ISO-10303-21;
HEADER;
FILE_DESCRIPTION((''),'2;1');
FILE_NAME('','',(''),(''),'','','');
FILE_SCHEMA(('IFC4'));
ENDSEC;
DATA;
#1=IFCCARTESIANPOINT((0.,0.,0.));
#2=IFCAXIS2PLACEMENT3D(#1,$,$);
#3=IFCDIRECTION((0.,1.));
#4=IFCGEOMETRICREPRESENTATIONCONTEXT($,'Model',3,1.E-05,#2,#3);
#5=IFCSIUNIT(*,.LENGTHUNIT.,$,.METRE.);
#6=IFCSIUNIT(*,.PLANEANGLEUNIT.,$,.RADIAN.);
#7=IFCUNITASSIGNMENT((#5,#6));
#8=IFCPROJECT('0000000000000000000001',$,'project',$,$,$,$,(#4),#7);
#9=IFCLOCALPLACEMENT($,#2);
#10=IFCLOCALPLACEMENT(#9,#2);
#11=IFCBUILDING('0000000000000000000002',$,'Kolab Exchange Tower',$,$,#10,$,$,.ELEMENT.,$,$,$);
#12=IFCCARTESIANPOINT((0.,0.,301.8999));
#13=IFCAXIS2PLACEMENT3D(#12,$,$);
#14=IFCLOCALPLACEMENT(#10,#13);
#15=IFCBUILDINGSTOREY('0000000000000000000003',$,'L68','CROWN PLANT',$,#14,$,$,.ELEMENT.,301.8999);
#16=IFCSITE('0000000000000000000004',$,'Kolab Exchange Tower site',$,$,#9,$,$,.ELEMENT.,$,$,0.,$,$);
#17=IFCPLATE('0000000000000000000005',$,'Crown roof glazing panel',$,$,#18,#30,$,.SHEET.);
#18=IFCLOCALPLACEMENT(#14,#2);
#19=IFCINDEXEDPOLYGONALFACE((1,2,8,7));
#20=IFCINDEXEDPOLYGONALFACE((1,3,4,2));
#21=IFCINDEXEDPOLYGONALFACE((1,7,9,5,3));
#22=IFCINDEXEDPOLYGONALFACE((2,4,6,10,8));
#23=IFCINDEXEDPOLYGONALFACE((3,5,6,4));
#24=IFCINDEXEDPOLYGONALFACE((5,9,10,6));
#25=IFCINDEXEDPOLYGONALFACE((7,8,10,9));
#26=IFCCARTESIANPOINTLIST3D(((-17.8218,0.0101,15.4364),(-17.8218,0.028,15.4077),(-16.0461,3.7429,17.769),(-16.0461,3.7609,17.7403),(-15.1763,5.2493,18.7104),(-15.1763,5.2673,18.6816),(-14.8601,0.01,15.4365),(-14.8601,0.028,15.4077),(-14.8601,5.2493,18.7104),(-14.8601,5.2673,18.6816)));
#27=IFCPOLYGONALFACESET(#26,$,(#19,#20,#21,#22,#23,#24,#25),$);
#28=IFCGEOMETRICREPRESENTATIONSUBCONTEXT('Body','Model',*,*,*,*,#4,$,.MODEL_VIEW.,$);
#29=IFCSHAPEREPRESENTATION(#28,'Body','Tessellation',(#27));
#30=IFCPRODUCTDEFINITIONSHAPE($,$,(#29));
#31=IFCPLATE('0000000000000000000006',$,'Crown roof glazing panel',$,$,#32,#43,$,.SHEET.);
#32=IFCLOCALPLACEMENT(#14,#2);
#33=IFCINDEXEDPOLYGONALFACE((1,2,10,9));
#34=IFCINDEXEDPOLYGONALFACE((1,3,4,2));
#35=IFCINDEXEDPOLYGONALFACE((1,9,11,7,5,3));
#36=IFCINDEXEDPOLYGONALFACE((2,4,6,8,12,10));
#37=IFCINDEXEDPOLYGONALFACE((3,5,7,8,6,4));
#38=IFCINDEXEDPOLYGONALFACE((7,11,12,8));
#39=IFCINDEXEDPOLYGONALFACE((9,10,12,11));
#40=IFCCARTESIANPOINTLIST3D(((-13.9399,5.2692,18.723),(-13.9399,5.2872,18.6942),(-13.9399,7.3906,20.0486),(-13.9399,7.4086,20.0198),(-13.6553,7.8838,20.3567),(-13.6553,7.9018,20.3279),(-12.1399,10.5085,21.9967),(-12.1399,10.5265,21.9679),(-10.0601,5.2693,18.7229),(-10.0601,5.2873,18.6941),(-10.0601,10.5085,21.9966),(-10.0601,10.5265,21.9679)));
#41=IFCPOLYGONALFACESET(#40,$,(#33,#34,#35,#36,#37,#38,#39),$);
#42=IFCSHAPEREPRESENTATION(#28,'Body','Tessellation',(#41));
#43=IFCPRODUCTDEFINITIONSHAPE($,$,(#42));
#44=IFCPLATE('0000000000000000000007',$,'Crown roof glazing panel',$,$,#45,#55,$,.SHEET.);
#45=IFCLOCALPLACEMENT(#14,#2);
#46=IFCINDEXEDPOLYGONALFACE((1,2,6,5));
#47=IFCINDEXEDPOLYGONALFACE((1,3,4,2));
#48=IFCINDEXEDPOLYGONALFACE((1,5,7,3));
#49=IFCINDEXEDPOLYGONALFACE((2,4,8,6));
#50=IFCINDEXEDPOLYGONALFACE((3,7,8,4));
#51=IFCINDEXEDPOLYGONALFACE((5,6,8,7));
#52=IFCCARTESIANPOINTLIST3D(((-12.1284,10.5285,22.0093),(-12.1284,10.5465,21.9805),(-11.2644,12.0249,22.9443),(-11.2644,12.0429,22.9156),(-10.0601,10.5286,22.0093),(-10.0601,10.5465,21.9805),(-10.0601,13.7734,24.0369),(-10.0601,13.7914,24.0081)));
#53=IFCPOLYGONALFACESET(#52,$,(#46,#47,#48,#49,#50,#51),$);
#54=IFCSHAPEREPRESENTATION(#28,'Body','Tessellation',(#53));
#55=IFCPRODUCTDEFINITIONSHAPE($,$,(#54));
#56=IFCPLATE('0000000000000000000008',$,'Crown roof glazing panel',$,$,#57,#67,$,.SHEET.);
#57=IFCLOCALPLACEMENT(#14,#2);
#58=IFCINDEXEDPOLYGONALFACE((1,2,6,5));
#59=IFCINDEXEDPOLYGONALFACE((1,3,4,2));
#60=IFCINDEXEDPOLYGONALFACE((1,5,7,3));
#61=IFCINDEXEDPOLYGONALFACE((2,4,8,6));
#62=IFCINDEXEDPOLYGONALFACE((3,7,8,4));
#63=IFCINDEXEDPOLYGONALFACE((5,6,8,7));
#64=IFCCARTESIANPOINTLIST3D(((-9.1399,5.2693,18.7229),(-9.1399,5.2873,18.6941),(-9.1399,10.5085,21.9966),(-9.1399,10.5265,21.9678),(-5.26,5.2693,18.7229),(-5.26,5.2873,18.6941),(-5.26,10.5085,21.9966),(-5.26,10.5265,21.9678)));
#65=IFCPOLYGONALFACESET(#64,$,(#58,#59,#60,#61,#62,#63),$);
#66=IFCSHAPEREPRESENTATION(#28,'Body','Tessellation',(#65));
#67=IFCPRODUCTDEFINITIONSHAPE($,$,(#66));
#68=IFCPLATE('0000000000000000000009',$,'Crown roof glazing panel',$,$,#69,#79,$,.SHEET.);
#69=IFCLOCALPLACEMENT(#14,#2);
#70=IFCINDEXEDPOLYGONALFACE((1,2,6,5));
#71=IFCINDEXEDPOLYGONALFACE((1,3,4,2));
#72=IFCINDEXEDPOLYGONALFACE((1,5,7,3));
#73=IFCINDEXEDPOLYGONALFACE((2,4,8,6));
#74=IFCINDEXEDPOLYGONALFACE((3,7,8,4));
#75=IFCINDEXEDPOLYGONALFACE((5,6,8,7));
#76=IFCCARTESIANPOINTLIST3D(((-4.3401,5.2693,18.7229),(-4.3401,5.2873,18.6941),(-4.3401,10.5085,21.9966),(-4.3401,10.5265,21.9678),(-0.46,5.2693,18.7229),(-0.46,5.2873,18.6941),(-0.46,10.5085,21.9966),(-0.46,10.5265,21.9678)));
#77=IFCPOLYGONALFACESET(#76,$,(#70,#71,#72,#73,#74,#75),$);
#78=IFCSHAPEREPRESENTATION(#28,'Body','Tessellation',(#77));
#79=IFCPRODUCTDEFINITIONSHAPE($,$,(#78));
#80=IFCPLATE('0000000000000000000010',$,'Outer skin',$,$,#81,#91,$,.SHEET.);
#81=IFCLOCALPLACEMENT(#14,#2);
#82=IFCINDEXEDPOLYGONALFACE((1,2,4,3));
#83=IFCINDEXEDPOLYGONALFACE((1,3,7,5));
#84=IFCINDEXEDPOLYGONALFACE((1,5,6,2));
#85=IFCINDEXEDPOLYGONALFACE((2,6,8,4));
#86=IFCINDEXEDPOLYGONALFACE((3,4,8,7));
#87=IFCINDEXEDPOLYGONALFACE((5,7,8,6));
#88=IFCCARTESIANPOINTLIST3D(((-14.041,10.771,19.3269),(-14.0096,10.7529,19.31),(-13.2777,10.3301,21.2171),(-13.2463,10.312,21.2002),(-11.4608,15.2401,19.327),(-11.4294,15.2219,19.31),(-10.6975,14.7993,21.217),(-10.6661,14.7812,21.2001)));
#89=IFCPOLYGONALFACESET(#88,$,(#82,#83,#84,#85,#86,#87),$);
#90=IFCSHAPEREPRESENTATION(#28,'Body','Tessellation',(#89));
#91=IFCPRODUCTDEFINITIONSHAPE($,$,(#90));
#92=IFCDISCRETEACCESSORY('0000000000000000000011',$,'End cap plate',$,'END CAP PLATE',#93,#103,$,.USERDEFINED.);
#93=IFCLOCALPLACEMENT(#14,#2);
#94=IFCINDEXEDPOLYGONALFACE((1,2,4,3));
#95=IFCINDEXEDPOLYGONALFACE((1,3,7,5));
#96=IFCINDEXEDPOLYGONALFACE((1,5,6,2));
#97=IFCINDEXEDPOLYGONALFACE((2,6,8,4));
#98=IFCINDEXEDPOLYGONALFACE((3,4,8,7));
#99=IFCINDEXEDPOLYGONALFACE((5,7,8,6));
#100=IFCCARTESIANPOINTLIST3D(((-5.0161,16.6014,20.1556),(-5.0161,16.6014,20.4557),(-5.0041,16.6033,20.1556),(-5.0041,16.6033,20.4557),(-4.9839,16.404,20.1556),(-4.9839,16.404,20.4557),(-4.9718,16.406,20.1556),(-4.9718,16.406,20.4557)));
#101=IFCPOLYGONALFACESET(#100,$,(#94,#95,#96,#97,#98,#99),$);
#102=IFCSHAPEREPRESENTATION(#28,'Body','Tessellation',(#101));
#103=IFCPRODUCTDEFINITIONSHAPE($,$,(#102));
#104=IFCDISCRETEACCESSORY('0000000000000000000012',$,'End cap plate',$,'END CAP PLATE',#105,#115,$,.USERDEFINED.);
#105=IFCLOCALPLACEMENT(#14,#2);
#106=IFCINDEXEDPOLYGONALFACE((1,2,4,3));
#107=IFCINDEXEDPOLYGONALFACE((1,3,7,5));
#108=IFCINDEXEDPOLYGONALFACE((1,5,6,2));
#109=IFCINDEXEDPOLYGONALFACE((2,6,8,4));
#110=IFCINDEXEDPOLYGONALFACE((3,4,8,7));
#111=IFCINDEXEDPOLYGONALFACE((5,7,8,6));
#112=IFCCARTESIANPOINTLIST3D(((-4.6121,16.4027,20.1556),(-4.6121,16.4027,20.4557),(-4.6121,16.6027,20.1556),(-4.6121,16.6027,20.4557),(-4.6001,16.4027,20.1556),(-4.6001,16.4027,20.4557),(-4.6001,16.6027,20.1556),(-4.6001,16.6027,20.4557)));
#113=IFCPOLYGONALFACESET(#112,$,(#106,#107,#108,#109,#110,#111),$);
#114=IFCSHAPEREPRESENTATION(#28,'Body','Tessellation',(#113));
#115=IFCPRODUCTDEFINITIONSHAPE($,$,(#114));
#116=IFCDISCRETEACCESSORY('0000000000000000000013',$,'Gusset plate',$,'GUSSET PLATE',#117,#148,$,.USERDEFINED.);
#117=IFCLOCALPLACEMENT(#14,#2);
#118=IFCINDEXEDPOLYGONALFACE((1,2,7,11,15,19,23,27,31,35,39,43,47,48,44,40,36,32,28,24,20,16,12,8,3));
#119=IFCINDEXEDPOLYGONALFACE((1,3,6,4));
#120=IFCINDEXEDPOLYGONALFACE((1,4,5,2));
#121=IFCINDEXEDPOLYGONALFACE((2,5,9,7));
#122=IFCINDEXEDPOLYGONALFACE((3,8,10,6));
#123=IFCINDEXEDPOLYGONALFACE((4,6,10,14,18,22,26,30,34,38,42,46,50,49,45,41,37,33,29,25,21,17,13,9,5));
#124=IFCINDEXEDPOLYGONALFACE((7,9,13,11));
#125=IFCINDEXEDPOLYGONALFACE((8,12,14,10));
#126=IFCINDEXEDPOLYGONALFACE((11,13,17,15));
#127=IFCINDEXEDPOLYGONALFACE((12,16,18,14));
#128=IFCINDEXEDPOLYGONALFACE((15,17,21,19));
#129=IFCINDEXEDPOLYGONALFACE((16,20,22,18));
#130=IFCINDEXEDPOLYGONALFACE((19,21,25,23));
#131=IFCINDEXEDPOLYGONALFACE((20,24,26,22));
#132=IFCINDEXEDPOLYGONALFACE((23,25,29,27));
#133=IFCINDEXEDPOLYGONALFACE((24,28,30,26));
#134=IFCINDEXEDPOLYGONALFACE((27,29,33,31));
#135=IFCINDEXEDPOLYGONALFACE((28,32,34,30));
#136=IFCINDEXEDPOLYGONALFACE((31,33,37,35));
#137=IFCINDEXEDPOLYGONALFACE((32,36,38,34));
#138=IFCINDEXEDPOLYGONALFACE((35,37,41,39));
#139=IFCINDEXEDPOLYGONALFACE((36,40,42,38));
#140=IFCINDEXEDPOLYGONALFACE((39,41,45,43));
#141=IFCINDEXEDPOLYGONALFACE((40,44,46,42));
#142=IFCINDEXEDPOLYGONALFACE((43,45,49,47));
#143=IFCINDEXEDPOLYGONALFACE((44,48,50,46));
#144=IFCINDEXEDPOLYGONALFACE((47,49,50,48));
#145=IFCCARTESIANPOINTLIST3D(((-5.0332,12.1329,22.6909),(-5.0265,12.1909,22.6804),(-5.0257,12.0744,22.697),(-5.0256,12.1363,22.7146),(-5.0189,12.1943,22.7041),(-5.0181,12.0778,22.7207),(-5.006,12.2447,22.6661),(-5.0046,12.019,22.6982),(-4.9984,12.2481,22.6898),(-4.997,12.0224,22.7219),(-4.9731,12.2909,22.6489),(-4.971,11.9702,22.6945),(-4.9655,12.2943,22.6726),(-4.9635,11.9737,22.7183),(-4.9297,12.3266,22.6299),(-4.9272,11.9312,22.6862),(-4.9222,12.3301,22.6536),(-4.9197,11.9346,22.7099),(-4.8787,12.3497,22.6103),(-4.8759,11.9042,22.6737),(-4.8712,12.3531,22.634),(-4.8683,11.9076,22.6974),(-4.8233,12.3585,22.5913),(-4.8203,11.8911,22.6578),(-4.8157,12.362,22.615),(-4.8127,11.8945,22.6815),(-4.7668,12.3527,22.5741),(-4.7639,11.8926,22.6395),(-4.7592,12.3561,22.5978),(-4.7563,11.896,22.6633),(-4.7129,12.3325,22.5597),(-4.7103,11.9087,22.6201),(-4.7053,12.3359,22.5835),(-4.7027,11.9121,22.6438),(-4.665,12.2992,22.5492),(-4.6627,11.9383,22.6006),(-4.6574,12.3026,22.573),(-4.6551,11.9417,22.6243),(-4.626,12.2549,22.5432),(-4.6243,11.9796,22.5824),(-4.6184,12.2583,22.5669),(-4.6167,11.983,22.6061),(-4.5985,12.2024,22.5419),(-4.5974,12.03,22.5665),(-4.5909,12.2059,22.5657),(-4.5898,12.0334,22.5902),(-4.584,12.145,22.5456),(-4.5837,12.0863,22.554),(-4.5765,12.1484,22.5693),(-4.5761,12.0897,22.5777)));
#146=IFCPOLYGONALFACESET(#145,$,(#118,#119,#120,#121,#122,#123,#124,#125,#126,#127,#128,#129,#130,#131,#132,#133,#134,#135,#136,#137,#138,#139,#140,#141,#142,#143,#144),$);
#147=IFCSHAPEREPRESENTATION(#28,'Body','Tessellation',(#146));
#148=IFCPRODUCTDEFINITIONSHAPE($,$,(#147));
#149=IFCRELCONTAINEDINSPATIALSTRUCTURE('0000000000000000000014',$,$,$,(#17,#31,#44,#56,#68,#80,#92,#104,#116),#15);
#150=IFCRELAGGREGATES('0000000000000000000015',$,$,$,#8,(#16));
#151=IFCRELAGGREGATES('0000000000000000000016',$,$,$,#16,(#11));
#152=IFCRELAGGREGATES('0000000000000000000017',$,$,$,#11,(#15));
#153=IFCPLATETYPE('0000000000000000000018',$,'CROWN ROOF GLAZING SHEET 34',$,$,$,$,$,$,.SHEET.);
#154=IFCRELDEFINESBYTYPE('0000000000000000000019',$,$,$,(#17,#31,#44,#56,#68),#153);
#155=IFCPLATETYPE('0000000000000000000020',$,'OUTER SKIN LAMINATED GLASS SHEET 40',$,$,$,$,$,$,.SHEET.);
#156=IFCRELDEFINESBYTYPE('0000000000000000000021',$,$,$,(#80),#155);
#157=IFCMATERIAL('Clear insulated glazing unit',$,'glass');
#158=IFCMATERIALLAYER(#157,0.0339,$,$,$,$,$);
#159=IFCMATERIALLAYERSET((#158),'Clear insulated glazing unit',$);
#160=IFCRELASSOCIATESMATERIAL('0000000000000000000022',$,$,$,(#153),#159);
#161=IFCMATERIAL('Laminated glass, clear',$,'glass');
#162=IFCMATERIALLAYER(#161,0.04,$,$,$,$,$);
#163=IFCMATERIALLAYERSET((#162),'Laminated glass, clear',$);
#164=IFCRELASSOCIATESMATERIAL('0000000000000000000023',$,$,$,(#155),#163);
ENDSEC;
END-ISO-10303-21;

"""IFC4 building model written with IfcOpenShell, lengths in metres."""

from ifc_helpers import new_model, si_unit, direction, frame, origin, origin_2d, place, context, subcontext, project, spatial, polyline, rectangle, circle, outline, extrude, material, layer, layer_set, type_object, element, save


model = new_model("IFC4")

# Units and contexts
model_context = context("Model", 3, precision=1e-05, world=origin(), true_north=direction((0.0, 1.0)))
body_context = subcontext(model_context, "Body", "Model", "MODEL_VIEW")
ifc_project = project(units=[si_unit("LENGTHUNIT", "METRE"), si_unit("PLANEANGLEUNIT", "RADIAN")], contexts=[model_context])

# Site, building, storey
site_placement = place(None, origin())
site = spatial("IfcSite", under=ifc_project, at=site_placement, Name="Kolab Exchange Tower site", CompositionType="ELEMENT", RefElevation=0.0)
building_placement = place(site_placement, origin())
building = spatial("IfcBuilding", under=site, at=building_placement, Name="Kolab Exchange Tower", CompositionType="ELEMENT")
storey_placement = place(building_placement, frame((0.0, 0.0, 301.8999)))
storey = spatial("IfcBuildingStorey", under=building, at=storey_placement, Name="L68", Description="CROWN PLANT", CompositionType="ELEMENT", Elevation=301.8999)

# Shared definitions
ifc_material_1 = material(Name="Clear insulated glazing unit", Category="glass")

# Plates
ifc_layer_1 = layer(ifc_material_1, 0.0339)
ifc_layer_set_1 = layer_set([ifc_layer_1], Name="Clear insulated glazing unit")
plate_type_1 = type_object("IfcPlateType", Name="CROWN ROOF GLAZING SHEET 34", PredefinedType="SHEET", material=ifc_layer_set_1)
plate_1_placement = place(storey_placement, frame((-16.0461, 3.7429, 17.769), z_axis=(-0.000029, -0.529917, 0.848049), x_axis=(0.439801, 0.761622, 0.475927)))
element("IfcPlate", 1, at=plate_1_placement, inside=storey, type_object=plate_type_1, Name="Crown roof glazing panel", PredefinedType="SHEET", context=body_context, shape_type="SweptSolid", body=[
    extrude(outline(polyline([(0.0, 0.0), (1.9779, 0.0), (2.1169, -0.2839), (-3.4316, -3.0011), (-4.7341, -0.3412), (0.0, 0.0)])), origin(), (0.0, 0.0, -1.0), 0.0339),
])
plate_2_placement = place(storey_placement, frame((-13.6553, 7.8838, 20.3567), z_axis=(0.000024, -0.529905, 0.848057), x_axis=(0.43975, 0.761663, 0.47591)))
element("IfcPlate", 2, at=plate_2_placement, inside=storey, type_object=plate_type_1, Name="Crown roof glazing panel", PredefinedType="SHEET", context=body_context, shape_type="SweptSolid", body=[
    extrude(outline(polyline([(0.0, 0.0), (3.446, 0.0), (4.3606, -1.8679), (-1.1879, -4.5847), (-2.8941, -1.1001), (-0.6474, 0.0), (0.0, 0.0)])), origin(), (0.0, 0.0, -1.0), 0.0339),
])
plate_3_placement = place(storey_placement, frame((-11.2644, 12.0249, 22.9443), z_axis=(0.000023, -0.529923, 0.848045), x_axis=(0.504381, 0.732277, 0.457569)))
element("IfcPlate", 3, at=plate_3_placement, inside=storey, type_object=plate_type_1, Name="Crown roof glazing panel", PredefinedType="SHEET", context=body_context, shape_type="SweptSolid", body=[
    extrude(outline(polyline([(0.0, 0.0), (2.3878, 0.0), (-0.9161, -1.9299), (-1.9594, -0.1439), (0.0, 0.0)])), origin(), (0.0, 0.0, -1.0), 0.0339),
])
plate_4_placement = place(storey_placement, frame((-9.1399, 5.2693, 18.7229), z_axis=(0.0, -0.529899, 0.84806), x_axis=(0.0, 0.84806, 0.529899)))
element("IfcPlate", 4, at=plate_4_placement, inside=storey, type_object=plate_type_1, Name="Crown roof glazing panel", PredefinedType="SHEET", context=body_context, shape_type="SweptSolid", body=[
    extrude(outline(polyline([(0.0, 0.0), (6.1779, 0.0), (6.1779, -3.8799), (0.0, -3.8799), (0.0, 0.0)])), origin(), (0.0, 0.0, -1.0), 0.0339),
])
plate_5_placement = place(storey_placement, frame((-4.3401, 5.2693, 18.7229), z_axis=(0.0, -0.529899, 0.84806), x_axis=(0.0, 0.84806, 0.529899)))
element("IfcPlate", 5, at=plate_5_placement, inside=storey, type_object=plate_type_1, Name="Crown roof glazing panel", PredefinedType="SHEET", context=body_context, shape_type="SweptSolid", body=[
    extrude(outline(polyline([(0.0, 0.0), (6.1779, 0.0), (6.1779, -3.8801), (0.0, -3.8801), (0.0, 0.0)])), origin(), (0.0, 0.0, -1.0), 0.0339),
])
ifc_material_2 = material(Name="Laminated glass, clear", Category="glass")
ifc_layer_2 = layer(ifc_material_2, 0.04)
ifc_layer_set_2 = layer_set([ifc_layer_2], Name="Laminated glass, clear")
plate_type_2 = type_object("IfcPlateType", Name="OUTER SKIN LAMINATED GLASS SHEET 40", PredefinedType="SHEET", material=ifc_layer_set_2)
plate_6_placement = place(storey_placement, frame((-14.041, 10.771, 19.3269), z_axis=(-0.78488, 0.453143, 0.42264), x_axis=(0.499998, 0.866026, 0.000012)))
element("IfcPlate", 6, at=plate_6_placement, inside=storey, type_object=plate_type_2, Name="Outer skin", PredefinedType="SHEET", context=body_context, shape_type="SweptSolid", body=[
    extrude(outline(polyline([(0.0, 0.0), (5.1604, 0.0), (5.1604, -2.0855), (-0.0001, -2.0856), (0.0, 0.0)])), origin(), (0.0, 0.0, -1.0), 0.04),
])

# Discrete accessories
discrete_accessory_1_placement = place(storey_placement, frame((-5.0, 16.5027, 20.3057), z_axis=(0.986933, 0.161132, 0.0), x_axis=(-0.161132, 0.986933, 0.0)))
element("IfcDiscreteAccessory", 7, at=discrete_accessory_1_placement, inside=storey, Name="End cap plate", ObjectType="END CAP PLATE", PredefinedType="USERDEFINED", context=body_context, shape_type="SweptSolid", body=[
    extrude(rectangle(XDim=0.2, YDim=0.3, at=origin_2d()), origin(), (0.0, 0.0, 1.0), 0.0122),
])
discrete_accessory_2_placement = place(storey_placement, frame((-4.6001, 16.5027, 20.3057), z_axis=(-1.0, 0.0, 0.0), x_axis=(0.0, -1.0, 0.0)))
element("IfcDiscreteAccessory", 8, at=discrete_accessory_2_placement, inside=storey, Name="End cap plate", ObjectType="END CAP PLATE", PredefinedType="USERDEFINED", context=body_context, shape_type="SweptSolid", body=[
    extrude(rectangle(XDim=0.2, YDim=0.3, at=origin_2d()), origin(), (0.0, 0.0, 1.0), 0.012),
])
discrete_accessory_3_placement = place(storey_placement, frame((-4.8, 12.1277, 22.6438), z_axis=(-0.301583, -0.136199, -0.943662), x_axis=(0.411587, -0.911371, 0.0)))
element("IfcDiscreteAccessory", 9, at=discrete_accessory_3_placement, inside=storey, Name="Gusset plate", ObjectType="GUSSET PLATE", PredefinedType="USERDEFINED", context=body_context, shape_type="SweptSolid", body=[
    extrude(circle(Radius=0.2366, at=origin_2d()), origin(), (0.0, 0.0, 1.0), 0.0251),
])

save(model, "model.ifc")
